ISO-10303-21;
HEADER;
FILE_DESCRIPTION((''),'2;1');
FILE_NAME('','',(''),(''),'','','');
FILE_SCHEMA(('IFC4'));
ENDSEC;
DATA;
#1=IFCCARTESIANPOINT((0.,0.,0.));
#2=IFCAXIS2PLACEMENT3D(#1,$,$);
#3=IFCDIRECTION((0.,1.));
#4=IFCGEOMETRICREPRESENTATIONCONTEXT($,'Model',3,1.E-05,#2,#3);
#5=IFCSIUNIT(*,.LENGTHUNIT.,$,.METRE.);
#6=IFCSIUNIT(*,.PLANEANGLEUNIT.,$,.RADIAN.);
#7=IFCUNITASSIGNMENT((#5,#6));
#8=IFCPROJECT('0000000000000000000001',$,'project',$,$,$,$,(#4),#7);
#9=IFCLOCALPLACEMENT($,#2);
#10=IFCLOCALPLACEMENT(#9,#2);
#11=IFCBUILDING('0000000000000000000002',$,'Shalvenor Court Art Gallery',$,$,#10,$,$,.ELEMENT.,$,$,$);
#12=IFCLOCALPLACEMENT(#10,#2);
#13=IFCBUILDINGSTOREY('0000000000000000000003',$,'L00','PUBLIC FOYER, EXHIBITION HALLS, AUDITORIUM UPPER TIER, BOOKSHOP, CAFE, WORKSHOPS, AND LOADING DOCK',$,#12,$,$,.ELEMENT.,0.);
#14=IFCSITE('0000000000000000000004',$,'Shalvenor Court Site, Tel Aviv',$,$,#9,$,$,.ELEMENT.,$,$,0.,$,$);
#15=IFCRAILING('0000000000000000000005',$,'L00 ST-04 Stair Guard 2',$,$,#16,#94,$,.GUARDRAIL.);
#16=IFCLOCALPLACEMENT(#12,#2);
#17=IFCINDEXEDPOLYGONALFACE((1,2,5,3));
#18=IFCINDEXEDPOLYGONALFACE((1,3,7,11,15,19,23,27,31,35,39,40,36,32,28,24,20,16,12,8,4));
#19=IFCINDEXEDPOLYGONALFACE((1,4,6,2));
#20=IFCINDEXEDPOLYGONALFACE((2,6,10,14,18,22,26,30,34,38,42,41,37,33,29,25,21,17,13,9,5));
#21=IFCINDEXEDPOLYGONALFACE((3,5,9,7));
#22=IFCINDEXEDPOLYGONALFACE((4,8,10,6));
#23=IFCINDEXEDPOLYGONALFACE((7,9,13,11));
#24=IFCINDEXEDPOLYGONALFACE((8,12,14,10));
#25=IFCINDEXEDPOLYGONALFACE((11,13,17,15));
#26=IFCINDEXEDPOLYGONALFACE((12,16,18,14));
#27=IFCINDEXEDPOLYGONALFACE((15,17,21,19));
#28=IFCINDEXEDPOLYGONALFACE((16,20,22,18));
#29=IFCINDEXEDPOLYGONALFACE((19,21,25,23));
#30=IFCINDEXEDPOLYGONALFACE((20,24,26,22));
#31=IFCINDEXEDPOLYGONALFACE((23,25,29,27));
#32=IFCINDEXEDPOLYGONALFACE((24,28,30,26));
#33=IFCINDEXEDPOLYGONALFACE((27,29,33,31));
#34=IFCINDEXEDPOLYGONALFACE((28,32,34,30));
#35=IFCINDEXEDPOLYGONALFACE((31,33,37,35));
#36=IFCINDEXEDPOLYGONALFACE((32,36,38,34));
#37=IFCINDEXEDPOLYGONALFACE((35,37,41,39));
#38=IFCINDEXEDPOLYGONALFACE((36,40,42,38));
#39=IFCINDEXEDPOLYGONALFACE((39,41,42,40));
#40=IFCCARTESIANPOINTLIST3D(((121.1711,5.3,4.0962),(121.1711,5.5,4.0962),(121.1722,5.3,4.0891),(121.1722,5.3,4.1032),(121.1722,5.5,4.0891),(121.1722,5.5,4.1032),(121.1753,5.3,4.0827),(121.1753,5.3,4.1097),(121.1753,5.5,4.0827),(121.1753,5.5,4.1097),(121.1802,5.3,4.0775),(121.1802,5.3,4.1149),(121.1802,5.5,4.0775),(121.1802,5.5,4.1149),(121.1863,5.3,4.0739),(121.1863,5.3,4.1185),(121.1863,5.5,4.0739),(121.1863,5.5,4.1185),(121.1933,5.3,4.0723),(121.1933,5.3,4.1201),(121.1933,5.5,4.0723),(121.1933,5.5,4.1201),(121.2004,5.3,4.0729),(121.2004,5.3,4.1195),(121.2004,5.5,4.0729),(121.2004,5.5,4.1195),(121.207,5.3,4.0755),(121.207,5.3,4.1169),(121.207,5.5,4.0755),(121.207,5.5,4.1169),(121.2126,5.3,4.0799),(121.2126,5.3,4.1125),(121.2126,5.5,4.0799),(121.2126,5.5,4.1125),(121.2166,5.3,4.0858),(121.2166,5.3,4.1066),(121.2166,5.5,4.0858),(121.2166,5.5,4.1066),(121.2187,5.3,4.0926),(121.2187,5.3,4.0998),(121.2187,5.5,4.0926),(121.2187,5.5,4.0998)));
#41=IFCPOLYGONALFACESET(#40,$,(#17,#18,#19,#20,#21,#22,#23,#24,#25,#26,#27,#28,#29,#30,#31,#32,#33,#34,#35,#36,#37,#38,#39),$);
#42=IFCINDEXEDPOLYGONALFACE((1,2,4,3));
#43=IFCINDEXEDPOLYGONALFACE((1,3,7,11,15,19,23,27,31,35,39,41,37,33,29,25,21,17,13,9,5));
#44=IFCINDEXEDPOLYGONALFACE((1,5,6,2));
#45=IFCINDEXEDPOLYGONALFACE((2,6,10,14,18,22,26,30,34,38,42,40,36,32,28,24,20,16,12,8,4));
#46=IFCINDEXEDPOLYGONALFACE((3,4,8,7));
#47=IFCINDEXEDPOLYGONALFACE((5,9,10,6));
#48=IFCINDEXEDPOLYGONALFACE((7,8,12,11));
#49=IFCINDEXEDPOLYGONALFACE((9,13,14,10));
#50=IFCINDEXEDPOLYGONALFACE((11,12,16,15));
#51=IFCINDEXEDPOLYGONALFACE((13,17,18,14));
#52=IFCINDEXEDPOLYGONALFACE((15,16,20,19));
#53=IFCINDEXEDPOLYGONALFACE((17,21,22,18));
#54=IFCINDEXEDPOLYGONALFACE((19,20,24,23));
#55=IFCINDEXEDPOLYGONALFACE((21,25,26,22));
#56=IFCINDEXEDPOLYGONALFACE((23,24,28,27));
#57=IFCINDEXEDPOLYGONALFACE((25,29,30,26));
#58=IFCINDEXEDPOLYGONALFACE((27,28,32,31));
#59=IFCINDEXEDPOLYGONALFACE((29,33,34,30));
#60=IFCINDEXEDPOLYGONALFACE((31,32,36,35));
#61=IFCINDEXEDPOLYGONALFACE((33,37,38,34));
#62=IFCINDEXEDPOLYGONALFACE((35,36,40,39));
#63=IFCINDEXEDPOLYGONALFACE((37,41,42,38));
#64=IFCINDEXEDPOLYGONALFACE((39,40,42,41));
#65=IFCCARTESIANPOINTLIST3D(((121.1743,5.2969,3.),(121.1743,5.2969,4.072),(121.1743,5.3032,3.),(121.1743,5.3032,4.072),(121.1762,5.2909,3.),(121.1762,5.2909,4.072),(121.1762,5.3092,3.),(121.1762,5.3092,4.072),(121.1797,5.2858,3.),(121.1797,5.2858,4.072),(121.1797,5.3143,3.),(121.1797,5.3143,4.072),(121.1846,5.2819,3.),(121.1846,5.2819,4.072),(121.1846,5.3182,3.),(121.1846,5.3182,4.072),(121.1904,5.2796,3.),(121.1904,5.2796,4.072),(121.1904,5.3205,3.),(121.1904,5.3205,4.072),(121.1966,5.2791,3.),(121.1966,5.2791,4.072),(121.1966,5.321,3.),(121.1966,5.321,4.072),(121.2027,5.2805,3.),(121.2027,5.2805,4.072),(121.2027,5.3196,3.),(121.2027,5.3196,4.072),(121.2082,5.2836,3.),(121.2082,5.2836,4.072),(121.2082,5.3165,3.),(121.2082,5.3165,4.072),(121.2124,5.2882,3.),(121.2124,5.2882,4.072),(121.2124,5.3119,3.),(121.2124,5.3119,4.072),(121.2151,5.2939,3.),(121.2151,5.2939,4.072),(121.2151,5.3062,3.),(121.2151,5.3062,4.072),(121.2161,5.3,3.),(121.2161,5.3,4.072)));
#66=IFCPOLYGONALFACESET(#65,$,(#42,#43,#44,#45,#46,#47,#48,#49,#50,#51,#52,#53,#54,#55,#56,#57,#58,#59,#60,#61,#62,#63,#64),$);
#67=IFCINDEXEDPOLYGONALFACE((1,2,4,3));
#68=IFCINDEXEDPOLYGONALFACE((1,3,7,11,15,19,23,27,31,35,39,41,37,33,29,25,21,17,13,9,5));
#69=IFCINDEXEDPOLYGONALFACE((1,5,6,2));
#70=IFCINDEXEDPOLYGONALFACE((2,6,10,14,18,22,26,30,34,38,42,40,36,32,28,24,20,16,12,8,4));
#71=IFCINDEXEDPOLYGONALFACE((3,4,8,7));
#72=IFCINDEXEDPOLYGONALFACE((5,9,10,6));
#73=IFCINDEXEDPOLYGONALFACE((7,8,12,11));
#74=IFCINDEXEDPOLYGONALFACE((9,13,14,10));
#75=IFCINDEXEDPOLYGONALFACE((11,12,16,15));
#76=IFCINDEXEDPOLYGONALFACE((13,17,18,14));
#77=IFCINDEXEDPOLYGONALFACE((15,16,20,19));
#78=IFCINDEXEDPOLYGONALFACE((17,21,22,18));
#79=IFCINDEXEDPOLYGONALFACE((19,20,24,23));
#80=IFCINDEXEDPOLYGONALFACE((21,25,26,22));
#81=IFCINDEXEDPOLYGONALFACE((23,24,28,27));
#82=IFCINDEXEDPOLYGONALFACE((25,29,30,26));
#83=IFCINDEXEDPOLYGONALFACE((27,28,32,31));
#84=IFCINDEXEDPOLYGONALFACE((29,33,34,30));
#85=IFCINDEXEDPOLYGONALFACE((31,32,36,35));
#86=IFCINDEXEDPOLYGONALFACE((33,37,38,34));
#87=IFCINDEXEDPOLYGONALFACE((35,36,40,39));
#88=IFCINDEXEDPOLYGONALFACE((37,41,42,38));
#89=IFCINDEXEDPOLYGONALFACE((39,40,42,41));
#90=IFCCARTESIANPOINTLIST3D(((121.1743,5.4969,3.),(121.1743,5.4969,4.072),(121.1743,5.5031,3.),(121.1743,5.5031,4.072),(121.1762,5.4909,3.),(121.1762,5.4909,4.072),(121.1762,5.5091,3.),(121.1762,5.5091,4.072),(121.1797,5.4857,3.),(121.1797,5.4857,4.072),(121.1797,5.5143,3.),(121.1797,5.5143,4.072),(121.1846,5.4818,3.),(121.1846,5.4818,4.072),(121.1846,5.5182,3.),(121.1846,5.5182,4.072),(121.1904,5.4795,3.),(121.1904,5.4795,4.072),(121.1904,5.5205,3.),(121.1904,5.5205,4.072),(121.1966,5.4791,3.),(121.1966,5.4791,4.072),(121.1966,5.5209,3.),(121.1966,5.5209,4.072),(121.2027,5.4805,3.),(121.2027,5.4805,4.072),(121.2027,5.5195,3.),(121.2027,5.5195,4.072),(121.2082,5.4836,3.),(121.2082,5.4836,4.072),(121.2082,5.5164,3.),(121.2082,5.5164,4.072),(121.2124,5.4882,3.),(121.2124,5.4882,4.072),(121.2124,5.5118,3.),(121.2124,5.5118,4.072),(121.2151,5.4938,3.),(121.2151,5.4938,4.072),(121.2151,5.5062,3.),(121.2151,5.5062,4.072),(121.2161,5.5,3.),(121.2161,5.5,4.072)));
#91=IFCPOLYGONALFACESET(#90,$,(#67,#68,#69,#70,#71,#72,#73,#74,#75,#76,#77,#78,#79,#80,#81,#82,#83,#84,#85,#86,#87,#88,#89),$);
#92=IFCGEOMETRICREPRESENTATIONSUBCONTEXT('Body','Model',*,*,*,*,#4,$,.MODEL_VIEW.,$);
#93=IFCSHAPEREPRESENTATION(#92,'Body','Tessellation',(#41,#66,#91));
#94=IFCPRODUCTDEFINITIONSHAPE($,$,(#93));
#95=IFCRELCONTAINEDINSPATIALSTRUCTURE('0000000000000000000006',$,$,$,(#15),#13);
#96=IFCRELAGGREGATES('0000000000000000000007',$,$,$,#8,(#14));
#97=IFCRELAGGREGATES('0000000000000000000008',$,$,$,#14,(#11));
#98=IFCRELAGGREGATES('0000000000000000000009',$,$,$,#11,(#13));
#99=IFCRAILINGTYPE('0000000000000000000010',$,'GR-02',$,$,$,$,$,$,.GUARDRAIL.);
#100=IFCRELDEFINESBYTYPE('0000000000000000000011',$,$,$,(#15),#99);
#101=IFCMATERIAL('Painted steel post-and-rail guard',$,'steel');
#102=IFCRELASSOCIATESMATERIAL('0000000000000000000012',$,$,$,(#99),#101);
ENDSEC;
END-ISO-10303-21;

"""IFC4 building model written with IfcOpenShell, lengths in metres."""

from ifc_helpers import new_model, si_unit, direction, frame, origin, origin_2d, place, context, subcontext, project, spatial, circle, extrude, material, type_object, element, save


model = new_model("IFC4")

# Units and contexts
model_context = context("Model", 3, precision=1e-05, world=origin(), true_north=direction((0.0, 1.0)))
body_context = subcontext(model_context, "Body", "Model", "MODEL_VIEW")
ifc_project = project(units=[si_unit("LENGTHUNIT", "METRE"), si_unit("PLANEANGLEUNIT", "RADIAN")], contexts=[model_context])

# Site, building, storey
site_placement = place(None, origin())
site = spatial("IfcSite", under=ifc_project, at=site_placement, Name="Shalvenor Court Site, Tel Aviv", CompositionType="ELEMENT", RefElevation=0.0)
building_placement = place(site_placement, origin())
building = spatial("IfcBuilding", under=site, at=building_placement, Name="Shalvenor Court Art Gallery", CompositionType="ELEMENT")
storey_placement = place(building_placement, origin())
storey = spatial("IfcBuildingStorey", under=building, at=storey_placement, Name="L00", Description="PUBLIC FOYER, EXHIBITION HALLS, AUDITORIUM UPPER TIER, BOOKSHOP, CAFE, WORKSHOPS, AND LOADING DOCK", CompositionType="ELEMENT", Elevation=0.0)

# Railing
ifc_material_1 = material(Name="Painted steel post-and-rail guard", Category="steel")
railing_type_1 = type_object("IfcRailingType", Name="GR-02", PredefinedType="GUARDRAIL", material=ifc_material_1)
railing_1_placement = place(storey_placement, frame((121.1951, 5.3, 3.0)))
element("IfcRailing", 1, at=railing_1_placement, inside=storey, type_object=railing_type_1, Name="L00 ST-04 Stair Guard 2", PredefinedType="GUARDRAIL", context=body_context, shape_type="SweptSolid", body=[
    extrude(circle(Radius=0.0239, at=origin_2d()), frame((0.0, 0.0, 1.0962), z_axis=(0.0, 1.0, 0.0), x_axis=(-1.0, 0.0, 0.0)), (0.0, 0.0, 1.0), 0.2),
    extrude(circle(Radius=0.021, at=origin_2d()), origin(), (0.0, 0.0, 1.0), 1.072),
    extrude(circle(Radius=0.021, at=origin_2d()), frame((0.0, 0.2, 0.0)), (0.0, 0.0, 1.0), 1.072),
])

save(model, "model.ifc")
